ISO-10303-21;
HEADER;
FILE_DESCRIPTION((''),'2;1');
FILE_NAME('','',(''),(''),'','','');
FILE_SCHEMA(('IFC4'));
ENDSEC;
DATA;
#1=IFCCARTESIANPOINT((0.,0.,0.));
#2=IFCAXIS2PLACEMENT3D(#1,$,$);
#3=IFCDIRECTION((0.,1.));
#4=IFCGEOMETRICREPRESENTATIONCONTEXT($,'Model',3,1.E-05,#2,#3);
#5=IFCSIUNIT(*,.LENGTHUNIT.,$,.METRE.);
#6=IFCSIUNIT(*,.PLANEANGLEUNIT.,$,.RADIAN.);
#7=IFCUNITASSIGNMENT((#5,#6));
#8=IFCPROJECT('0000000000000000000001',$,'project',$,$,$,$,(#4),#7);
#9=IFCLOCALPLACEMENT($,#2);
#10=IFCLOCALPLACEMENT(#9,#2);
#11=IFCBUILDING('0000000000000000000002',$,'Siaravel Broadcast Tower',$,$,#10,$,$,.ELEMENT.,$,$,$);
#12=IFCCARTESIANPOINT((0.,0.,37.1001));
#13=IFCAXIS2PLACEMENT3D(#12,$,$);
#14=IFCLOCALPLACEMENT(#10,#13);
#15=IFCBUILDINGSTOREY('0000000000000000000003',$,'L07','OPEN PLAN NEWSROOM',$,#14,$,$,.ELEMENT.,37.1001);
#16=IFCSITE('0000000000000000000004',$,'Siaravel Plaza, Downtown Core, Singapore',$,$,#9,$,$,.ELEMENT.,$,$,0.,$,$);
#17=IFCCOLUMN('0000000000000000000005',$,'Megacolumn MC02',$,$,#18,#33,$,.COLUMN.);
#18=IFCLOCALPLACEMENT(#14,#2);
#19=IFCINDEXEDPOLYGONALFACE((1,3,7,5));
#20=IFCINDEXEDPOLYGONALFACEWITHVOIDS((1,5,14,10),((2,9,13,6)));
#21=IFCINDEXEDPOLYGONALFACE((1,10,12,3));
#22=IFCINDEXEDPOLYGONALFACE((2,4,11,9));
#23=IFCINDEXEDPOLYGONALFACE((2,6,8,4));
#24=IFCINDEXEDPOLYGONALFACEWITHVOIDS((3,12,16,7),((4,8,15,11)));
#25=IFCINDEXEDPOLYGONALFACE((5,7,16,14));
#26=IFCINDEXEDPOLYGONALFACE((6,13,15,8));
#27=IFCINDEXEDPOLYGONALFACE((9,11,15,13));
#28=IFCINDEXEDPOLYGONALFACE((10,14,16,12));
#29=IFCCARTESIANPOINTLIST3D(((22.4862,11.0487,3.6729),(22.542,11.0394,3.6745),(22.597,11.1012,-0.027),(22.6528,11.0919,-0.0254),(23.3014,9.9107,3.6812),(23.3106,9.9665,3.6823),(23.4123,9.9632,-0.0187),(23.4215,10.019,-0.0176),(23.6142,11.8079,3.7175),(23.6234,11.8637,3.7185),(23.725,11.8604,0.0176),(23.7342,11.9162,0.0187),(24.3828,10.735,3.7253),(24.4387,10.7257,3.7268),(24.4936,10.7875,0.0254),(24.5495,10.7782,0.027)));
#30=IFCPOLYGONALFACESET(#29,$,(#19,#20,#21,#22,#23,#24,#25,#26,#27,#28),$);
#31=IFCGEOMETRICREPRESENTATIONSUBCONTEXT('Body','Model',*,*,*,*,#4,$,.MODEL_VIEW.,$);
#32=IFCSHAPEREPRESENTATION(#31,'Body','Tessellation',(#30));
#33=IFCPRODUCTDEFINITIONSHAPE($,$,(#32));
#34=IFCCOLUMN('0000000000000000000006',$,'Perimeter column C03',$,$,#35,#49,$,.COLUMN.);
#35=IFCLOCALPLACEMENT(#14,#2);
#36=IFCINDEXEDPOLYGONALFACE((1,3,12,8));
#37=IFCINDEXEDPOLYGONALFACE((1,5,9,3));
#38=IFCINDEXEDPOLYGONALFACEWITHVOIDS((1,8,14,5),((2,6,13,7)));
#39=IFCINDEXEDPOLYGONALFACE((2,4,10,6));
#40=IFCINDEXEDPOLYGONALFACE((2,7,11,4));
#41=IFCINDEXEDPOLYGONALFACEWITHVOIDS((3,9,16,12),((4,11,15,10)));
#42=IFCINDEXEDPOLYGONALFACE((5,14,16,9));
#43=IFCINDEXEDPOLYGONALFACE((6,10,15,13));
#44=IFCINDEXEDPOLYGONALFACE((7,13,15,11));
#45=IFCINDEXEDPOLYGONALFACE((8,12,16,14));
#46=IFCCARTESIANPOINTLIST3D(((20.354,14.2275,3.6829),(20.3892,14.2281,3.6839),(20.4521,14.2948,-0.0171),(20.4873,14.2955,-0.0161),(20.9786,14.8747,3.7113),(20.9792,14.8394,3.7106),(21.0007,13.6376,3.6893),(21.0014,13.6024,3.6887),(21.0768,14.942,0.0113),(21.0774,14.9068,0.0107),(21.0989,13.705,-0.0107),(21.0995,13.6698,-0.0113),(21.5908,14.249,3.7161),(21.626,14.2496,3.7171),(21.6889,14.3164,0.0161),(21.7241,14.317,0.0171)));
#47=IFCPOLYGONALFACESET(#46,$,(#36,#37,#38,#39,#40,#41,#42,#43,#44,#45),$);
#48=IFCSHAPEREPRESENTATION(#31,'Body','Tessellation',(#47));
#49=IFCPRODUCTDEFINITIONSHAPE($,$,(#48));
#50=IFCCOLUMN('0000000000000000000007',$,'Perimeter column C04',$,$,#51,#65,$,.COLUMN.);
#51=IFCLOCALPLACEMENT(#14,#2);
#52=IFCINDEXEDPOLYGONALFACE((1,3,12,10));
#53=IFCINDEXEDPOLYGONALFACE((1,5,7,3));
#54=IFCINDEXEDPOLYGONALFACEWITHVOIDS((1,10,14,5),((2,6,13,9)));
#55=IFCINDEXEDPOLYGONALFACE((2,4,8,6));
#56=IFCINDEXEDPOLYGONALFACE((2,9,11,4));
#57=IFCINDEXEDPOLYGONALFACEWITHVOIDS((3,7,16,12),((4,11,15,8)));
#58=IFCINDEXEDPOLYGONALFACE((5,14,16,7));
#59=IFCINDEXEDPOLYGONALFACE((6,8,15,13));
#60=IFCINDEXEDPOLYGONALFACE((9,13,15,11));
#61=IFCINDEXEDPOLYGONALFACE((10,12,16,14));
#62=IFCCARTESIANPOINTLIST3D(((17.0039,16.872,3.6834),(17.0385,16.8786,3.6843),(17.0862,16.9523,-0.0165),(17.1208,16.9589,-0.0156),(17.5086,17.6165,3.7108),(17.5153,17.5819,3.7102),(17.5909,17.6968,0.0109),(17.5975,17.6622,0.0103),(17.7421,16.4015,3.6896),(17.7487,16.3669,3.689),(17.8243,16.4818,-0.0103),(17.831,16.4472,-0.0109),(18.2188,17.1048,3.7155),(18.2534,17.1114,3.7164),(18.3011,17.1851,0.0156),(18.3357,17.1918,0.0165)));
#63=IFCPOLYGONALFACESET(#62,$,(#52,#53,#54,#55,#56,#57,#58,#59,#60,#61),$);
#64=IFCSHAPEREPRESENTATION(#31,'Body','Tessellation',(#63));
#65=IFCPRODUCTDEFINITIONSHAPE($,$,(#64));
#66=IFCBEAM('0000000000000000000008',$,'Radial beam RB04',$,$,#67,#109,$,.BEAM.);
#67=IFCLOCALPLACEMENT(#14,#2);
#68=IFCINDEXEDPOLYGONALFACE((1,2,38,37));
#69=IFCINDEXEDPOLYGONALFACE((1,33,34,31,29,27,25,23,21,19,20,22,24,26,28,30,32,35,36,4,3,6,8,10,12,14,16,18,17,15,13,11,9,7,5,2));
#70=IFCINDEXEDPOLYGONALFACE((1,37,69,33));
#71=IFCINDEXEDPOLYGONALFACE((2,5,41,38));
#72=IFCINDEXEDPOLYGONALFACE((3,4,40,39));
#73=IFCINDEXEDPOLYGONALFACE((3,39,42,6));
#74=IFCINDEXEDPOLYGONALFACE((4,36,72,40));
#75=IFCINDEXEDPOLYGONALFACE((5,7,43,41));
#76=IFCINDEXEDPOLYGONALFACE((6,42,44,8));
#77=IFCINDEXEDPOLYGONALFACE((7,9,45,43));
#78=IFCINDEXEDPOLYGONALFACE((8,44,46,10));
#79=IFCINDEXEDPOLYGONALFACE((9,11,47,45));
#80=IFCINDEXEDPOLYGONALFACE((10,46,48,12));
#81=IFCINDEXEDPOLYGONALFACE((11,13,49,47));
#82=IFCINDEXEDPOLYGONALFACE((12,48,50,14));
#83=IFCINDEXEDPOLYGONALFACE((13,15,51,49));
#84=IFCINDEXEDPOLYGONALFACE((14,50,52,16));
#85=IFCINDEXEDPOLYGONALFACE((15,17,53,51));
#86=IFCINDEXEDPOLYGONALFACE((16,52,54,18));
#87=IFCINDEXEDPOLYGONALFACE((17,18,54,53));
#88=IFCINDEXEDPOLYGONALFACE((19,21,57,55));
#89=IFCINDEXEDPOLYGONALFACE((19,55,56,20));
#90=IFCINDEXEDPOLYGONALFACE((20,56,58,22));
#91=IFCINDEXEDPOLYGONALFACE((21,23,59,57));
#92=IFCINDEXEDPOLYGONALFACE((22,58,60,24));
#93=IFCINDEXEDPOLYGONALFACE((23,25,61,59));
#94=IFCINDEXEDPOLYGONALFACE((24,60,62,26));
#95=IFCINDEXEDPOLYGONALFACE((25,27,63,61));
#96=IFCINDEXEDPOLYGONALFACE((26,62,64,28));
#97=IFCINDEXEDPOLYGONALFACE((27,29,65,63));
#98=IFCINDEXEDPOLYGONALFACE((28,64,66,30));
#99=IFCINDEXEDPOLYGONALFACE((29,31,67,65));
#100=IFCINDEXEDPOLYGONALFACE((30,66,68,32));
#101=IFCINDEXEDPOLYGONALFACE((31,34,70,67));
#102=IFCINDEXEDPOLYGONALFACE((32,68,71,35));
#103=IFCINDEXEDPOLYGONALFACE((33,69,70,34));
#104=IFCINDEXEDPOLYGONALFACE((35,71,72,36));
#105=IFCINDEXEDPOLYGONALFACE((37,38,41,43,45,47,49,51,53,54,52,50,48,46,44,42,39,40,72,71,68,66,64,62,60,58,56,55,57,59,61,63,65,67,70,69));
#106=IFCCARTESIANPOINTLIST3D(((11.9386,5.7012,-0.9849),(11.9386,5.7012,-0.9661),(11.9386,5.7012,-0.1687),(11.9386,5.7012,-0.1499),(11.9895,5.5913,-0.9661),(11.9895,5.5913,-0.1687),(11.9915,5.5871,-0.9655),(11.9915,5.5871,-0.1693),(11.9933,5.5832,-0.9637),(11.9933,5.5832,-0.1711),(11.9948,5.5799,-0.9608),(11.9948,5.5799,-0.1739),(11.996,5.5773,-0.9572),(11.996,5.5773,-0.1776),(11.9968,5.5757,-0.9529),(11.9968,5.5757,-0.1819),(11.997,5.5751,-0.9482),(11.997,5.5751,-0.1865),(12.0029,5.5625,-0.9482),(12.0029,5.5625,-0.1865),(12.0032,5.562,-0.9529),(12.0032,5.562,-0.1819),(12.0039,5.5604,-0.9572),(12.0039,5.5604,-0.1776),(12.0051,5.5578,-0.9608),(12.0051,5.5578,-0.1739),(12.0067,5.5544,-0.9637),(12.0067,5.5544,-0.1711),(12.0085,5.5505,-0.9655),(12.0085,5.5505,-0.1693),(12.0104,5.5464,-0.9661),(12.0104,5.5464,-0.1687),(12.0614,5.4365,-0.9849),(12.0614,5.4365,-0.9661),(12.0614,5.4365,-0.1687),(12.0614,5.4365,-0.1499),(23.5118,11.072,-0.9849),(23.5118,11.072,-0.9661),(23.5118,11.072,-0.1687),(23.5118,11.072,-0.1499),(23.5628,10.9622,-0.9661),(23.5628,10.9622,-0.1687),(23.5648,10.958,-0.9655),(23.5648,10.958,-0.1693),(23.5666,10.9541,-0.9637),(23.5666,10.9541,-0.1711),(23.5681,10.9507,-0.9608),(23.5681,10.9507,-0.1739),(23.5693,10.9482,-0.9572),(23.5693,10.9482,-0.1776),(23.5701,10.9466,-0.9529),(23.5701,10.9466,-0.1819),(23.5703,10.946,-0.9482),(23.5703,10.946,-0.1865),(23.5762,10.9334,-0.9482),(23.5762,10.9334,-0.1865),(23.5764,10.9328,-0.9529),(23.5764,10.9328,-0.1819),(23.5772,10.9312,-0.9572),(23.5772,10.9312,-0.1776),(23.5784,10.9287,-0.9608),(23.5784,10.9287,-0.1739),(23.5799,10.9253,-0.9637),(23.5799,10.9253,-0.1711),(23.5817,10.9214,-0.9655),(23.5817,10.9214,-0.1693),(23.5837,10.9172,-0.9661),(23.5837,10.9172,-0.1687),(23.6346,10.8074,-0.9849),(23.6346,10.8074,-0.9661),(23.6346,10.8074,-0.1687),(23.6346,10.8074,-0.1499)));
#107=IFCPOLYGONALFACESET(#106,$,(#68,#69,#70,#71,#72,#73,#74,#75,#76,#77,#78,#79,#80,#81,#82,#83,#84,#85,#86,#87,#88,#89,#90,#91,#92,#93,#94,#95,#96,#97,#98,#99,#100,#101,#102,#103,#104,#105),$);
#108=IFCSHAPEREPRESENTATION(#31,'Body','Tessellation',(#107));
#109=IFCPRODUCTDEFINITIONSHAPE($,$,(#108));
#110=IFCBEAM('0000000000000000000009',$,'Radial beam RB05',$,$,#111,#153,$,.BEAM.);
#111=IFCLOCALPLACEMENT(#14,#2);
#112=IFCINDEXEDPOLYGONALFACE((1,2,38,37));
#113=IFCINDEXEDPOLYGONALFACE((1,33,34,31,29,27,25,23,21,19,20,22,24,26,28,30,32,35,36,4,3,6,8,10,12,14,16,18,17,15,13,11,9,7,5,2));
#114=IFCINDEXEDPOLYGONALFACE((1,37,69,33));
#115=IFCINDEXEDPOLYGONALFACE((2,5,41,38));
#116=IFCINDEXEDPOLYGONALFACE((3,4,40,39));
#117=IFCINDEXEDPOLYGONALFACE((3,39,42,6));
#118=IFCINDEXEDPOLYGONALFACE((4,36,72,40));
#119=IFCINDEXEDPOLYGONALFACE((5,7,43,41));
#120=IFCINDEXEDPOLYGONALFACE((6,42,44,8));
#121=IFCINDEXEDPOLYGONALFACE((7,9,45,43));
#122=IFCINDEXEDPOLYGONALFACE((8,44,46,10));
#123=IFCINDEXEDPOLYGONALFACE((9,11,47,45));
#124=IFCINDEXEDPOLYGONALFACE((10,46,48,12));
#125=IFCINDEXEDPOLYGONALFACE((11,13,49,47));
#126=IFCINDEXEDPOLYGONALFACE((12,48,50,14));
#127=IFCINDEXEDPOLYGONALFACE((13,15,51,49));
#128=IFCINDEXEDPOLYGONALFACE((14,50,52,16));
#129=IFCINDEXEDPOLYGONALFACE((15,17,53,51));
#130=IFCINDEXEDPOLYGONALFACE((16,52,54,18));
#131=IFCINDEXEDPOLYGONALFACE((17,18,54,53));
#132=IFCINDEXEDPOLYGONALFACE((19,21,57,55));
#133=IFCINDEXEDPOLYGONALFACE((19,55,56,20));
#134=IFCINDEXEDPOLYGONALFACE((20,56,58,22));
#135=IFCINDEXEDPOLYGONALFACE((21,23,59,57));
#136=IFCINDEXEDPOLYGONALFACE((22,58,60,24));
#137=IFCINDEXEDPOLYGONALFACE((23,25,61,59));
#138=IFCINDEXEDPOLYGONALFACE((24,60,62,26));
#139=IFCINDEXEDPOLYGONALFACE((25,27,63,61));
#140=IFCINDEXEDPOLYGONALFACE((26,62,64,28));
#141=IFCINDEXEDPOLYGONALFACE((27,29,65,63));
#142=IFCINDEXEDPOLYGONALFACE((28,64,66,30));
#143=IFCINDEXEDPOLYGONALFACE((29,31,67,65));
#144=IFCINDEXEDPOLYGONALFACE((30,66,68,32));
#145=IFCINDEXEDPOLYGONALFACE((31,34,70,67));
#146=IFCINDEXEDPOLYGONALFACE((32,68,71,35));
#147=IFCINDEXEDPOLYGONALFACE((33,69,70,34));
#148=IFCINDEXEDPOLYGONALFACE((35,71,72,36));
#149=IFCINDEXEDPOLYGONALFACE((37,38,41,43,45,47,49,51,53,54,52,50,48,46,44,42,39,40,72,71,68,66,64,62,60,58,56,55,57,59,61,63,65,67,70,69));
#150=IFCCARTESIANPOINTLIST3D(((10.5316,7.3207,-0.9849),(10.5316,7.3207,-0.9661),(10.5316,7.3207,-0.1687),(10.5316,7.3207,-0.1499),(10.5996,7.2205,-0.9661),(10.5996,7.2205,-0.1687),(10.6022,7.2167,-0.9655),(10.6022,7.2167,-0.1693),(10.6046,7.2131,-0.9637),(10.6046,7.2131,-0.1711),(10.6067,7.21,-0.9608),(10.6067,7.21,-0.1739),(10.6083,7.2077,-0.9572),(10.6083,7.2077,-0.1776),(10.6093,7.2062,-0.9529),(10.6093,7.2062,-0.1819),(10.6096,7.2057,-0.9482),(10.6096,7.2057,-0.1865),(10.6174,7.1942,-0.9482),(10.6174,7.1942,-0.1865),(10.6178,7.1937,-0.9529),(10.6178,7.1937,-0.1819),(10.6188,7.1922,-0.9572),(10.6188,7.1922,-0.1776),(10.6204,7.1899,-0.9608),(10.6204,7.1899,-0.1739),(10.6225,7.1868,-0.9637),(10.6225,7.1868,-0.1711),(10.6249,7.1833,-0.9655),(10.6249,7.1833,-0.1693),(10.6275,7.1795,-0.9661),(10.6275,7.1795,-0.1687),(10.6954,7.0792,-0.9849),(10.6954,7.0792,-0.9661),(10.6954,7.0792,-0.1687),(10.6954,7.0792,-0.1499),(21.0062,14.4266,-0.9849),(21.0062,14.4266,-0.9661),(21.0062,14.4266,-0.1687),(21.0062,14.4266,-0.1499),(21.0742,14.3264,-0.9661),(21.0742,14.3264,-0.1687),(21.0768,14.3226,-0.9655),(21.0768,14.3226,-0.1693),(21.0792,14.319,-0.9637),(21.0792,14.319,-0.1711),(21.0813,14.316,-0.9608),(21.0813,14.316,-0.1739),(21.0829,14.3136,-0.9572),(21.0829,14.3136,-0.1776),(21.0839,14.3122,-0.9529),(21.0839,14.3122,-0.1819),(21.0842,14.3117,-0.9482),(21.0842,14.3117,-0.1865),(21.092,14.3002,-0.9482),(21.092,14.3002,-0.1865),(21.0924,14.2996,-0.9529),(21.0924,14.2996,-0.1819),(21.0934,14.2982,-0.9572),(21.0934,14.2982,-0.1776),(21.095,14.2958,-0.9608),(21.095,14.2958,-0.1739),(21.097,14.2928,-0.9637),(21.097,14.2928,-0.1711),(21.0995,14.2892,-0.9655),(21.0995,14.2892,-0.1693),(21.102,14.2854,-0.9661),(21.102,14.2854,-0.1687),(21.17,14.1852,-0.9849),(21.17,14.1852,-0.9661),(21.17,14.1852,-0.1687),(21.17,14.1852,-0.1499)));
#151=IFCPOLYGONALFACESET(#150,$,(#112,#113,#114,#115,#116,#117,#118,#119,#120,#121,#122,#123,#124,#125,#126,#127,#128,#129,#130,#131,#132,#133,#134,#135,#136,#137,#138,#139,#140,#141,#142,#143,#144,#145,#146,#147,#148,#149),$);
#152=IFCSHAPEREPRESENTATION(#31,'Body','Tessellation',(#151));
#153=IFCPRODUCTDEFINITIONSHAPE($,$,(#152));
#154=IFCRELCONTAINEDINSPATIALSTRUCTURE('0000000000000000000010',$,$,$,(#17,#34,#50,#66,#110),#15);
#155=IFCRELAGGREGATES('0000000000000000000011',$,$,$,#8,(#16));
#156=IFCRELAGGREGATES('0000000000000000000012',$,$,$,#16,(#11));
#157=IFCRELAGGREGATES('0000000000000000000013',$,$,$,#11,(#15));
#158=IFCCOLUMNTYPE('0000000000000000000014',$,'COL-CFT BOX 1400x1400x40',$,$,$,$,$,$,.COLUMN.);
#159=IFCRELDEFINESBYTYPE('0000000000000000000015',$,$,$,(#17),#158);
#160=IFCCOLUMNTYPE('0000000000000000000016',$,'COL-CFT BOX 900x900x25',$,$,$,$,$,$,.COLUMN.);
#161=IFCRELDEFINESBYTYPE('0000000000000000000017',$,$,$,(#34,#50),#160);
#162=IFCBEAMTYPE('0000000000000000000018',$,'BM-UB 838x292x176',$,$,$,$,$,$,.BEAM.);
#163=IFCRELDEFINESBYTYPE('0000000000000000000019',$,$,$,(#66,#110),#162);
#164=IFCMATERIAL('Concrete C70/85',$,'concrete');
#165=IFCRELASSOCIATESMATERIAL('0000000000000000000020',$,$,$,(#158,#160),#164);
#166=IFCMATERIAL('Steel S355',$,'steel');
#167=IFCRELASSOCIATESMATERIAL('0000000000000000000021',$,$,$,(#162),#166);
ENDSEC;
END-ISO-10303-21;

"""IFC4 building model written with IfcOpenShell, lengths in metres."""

from ifc_helpers import new_model, si_unit, direction, frame, origin, origin_2d, place, context, subcontext, project, spatial, hollow_rectangle, i_section, extrude, material, material_profile, profile_set, type_object, element, save


model = new_model("IFC4")

# Units and contexts
model_context = context("Model", 3, precision=1e-05, world=origin(), true_north=direction((0.0, 1.0)))
body_context = subcontext(model_context, "Body", "Model", "MODEL_VIEW")
ifc_project = project(units=[si_unit("LENGTHUNIT", "METRE"), si_unit("PLANEANGLEUNIT", "RADIAN")], contexts=[model_context])

# Site, building, storey
site_placement = place(None, origin())
site = spatial("IfcSite", under=ifc_project, at=site_placement, Name="Siaravel Plaza, Downtown Core, Singapore", CompositionType="ELEMENT", RefElevation=0.0)
building_placement = place(site_placement, origin())
building = spatial("IfcBuilding", under=site, at=building_placement, Name="Siaravel Broadcast Tower", CompositionType="ELEMENT")
storey_placement = place(building_placement, frame((0.0, 0.0, 37.1001)))
storey = spatial("IfcBuildingStorey", under=building, at=storey_placement, Name="L07", Description="OPEN PLAN NEWSROOM", CompositionType="ELEMENT", Elevation=37.1001)

# Columns
ifc_material_1 = material(Name="Concrete C70/85", Category="concrete")
ifc_material_profile_1 = material_profile(ifc_material_1, hollow_rectangle(XDim=1.3999, YDim=1.3999, WallThickness=0.04, at=origin_2d()))
ifc_profile_set_1 = profile_set([ifc_material_profile_1], Name="Concrete C70/85")
column_type_1 = type_object("IfcColumnType", Name="COL-CFT BOX 1400x1400x40", PredefinedType="COLUMN", material=ifc_profile_set_1)
column_1_placement = place(storey_placement, frame((23.5732, 10.9397, 0.0), z_axis=(-0.029941, -0.014179, 0.999451), x_axis=(0.582371, -0.812901, 0.005914)))
element("IfcColumn", 1, at=column_1_placement, inside=storey, type_object=column_type_1, Name="Megacolumn MC02", PredefinedType="COLUMN", context=body_context, shape_type="SweptSolid", body=[
    extrude(hollow_rectangle(XDim=1.3999, YDim=1.3999, WallThickness=0.04, at=origin_2d()), origin(), (0.0, 0.0, 1.0), 3.7019),
])
ifc_material_profile_2 = material_profile(ifc_material_1, hollow_rectangle(XDim=0.8999, YDim=0.8999, WallThickness=0.0249, at=origin_2d()))
ifc_profile_set_2 = profile_set([ifc_material_profile_2], Name="Concrete C70/85")
column_type_2 = type_object("IfcColumnType", Name="COL-CFT BOX 900x900x25", PredefinedType="COLUMN", material=ifc_profile_set_2)
column_2_placement = place(storey_placement, frame((21.0881, 14.3059, 0.0), z_axis=(-0.026512, -0.018202, 0.999483), x_axis=(0.719378, -0.694589, 0.006432)))
element("IfcColumn", 2, at=column_2_placement, inside=storey, type_object=column_type_2, Name="Perimeter column C03", PredefinedType="COLUMN", context=body_context, shape_type="SweptSolid", body=[
    extrude(hollow_rectangle(XDim=0.8999, YDim=0.8999, WallThickness=0.0249, at=origin_2d()), origin(), (0.0, 0.0, 1.0), 3.7019),
])
column_3_placement = place(storey_placement, frame((17.7109, 17.072, 0.0), z_axis=(-0.022226, -0.021699, 0.999517), x_axis=(0.827627, -0.561244, 0.00622)))
element("IfcColumn", 3, at=column_3_placement, inside=storey, type_object=column_type_2, Name="Perimeter column C04", PredefinedType="COLUMN", context=body_context, shape_type="SweptSolid", body=[
    extrude(hollow_rectangle(XDim=0.8999, YDim=0.8999, WallThickness=0.0249, at=origin_2d()), origin(), (0.0, 0.0, 1.0), 3.7017),
])

# Beams
ifc_material_2 = material(Name="Steel S355", Category="steel")
ifc_material_profile_3 = material_profile(ifc_material_2, i_section(OverallWidth=0.2917, OverallDepth=0.835, WebThickness=0.0139, FlangeThickness=0.0188, FilletRadius=0.0178, at=origin_2d()))
ifc_profile_set_3 = profile_set([ifc_material_profile_3], Name="Steel S355")
beam_type = type_object("IfcBeamType", Name="BM-UB 838x292x176", PredefinedType="BEAM", material=ifc_profile_set_3)
beam_1_placement = place(storey_placement, frame((23.5732, 10.9397, -0.5674), z_axis=(-0.907082, -0.420954, 0.0), x_axis=(0.420954, -0.907082, 0.0)))
element("IfcBeam", 4, at=beam_1_placement, inside=storey, type_object=beam_type, Name="Radial beam RB04", PredefinedType="BEAM", context=body_context, shape_type="SweptSolid", body=[
    extrude(i_section(OverallWidth=0.2917, OverallDepth=0.835, WebThickness=0.0139, FlangeThickness=0.0188, FilletRadius=0.0178, at=origin_2d()), origin(), (0.0, 0.0, 1.0), 12.7588),
])
beam_2_placement = place(storey_placement, frame((21.0881, 14.3059, -0.5674), z_axis=(-0.827542, -0.561403, 0.0), x_axis=(0.561403, -0.827542, 0.0)))
element("IfcBeam", 5, at=beam_2_placement, inside=storey, type_object=beam_type, Name="Radial beam RB05", PredefinedType="BEAM", context=body_context, shape_type="SweptSolid", body=[
    extrude(i_section(OverallWidth=0.2917, OverallDepth=0.835, WebThickness=0.0139, FlangeThickness=0.0188, FilletRadius=0.0178, at=origin_2d()), origin(), (0.0, 0.0, 1.0), 12.6575),
])

save(model, "model.ifc")
